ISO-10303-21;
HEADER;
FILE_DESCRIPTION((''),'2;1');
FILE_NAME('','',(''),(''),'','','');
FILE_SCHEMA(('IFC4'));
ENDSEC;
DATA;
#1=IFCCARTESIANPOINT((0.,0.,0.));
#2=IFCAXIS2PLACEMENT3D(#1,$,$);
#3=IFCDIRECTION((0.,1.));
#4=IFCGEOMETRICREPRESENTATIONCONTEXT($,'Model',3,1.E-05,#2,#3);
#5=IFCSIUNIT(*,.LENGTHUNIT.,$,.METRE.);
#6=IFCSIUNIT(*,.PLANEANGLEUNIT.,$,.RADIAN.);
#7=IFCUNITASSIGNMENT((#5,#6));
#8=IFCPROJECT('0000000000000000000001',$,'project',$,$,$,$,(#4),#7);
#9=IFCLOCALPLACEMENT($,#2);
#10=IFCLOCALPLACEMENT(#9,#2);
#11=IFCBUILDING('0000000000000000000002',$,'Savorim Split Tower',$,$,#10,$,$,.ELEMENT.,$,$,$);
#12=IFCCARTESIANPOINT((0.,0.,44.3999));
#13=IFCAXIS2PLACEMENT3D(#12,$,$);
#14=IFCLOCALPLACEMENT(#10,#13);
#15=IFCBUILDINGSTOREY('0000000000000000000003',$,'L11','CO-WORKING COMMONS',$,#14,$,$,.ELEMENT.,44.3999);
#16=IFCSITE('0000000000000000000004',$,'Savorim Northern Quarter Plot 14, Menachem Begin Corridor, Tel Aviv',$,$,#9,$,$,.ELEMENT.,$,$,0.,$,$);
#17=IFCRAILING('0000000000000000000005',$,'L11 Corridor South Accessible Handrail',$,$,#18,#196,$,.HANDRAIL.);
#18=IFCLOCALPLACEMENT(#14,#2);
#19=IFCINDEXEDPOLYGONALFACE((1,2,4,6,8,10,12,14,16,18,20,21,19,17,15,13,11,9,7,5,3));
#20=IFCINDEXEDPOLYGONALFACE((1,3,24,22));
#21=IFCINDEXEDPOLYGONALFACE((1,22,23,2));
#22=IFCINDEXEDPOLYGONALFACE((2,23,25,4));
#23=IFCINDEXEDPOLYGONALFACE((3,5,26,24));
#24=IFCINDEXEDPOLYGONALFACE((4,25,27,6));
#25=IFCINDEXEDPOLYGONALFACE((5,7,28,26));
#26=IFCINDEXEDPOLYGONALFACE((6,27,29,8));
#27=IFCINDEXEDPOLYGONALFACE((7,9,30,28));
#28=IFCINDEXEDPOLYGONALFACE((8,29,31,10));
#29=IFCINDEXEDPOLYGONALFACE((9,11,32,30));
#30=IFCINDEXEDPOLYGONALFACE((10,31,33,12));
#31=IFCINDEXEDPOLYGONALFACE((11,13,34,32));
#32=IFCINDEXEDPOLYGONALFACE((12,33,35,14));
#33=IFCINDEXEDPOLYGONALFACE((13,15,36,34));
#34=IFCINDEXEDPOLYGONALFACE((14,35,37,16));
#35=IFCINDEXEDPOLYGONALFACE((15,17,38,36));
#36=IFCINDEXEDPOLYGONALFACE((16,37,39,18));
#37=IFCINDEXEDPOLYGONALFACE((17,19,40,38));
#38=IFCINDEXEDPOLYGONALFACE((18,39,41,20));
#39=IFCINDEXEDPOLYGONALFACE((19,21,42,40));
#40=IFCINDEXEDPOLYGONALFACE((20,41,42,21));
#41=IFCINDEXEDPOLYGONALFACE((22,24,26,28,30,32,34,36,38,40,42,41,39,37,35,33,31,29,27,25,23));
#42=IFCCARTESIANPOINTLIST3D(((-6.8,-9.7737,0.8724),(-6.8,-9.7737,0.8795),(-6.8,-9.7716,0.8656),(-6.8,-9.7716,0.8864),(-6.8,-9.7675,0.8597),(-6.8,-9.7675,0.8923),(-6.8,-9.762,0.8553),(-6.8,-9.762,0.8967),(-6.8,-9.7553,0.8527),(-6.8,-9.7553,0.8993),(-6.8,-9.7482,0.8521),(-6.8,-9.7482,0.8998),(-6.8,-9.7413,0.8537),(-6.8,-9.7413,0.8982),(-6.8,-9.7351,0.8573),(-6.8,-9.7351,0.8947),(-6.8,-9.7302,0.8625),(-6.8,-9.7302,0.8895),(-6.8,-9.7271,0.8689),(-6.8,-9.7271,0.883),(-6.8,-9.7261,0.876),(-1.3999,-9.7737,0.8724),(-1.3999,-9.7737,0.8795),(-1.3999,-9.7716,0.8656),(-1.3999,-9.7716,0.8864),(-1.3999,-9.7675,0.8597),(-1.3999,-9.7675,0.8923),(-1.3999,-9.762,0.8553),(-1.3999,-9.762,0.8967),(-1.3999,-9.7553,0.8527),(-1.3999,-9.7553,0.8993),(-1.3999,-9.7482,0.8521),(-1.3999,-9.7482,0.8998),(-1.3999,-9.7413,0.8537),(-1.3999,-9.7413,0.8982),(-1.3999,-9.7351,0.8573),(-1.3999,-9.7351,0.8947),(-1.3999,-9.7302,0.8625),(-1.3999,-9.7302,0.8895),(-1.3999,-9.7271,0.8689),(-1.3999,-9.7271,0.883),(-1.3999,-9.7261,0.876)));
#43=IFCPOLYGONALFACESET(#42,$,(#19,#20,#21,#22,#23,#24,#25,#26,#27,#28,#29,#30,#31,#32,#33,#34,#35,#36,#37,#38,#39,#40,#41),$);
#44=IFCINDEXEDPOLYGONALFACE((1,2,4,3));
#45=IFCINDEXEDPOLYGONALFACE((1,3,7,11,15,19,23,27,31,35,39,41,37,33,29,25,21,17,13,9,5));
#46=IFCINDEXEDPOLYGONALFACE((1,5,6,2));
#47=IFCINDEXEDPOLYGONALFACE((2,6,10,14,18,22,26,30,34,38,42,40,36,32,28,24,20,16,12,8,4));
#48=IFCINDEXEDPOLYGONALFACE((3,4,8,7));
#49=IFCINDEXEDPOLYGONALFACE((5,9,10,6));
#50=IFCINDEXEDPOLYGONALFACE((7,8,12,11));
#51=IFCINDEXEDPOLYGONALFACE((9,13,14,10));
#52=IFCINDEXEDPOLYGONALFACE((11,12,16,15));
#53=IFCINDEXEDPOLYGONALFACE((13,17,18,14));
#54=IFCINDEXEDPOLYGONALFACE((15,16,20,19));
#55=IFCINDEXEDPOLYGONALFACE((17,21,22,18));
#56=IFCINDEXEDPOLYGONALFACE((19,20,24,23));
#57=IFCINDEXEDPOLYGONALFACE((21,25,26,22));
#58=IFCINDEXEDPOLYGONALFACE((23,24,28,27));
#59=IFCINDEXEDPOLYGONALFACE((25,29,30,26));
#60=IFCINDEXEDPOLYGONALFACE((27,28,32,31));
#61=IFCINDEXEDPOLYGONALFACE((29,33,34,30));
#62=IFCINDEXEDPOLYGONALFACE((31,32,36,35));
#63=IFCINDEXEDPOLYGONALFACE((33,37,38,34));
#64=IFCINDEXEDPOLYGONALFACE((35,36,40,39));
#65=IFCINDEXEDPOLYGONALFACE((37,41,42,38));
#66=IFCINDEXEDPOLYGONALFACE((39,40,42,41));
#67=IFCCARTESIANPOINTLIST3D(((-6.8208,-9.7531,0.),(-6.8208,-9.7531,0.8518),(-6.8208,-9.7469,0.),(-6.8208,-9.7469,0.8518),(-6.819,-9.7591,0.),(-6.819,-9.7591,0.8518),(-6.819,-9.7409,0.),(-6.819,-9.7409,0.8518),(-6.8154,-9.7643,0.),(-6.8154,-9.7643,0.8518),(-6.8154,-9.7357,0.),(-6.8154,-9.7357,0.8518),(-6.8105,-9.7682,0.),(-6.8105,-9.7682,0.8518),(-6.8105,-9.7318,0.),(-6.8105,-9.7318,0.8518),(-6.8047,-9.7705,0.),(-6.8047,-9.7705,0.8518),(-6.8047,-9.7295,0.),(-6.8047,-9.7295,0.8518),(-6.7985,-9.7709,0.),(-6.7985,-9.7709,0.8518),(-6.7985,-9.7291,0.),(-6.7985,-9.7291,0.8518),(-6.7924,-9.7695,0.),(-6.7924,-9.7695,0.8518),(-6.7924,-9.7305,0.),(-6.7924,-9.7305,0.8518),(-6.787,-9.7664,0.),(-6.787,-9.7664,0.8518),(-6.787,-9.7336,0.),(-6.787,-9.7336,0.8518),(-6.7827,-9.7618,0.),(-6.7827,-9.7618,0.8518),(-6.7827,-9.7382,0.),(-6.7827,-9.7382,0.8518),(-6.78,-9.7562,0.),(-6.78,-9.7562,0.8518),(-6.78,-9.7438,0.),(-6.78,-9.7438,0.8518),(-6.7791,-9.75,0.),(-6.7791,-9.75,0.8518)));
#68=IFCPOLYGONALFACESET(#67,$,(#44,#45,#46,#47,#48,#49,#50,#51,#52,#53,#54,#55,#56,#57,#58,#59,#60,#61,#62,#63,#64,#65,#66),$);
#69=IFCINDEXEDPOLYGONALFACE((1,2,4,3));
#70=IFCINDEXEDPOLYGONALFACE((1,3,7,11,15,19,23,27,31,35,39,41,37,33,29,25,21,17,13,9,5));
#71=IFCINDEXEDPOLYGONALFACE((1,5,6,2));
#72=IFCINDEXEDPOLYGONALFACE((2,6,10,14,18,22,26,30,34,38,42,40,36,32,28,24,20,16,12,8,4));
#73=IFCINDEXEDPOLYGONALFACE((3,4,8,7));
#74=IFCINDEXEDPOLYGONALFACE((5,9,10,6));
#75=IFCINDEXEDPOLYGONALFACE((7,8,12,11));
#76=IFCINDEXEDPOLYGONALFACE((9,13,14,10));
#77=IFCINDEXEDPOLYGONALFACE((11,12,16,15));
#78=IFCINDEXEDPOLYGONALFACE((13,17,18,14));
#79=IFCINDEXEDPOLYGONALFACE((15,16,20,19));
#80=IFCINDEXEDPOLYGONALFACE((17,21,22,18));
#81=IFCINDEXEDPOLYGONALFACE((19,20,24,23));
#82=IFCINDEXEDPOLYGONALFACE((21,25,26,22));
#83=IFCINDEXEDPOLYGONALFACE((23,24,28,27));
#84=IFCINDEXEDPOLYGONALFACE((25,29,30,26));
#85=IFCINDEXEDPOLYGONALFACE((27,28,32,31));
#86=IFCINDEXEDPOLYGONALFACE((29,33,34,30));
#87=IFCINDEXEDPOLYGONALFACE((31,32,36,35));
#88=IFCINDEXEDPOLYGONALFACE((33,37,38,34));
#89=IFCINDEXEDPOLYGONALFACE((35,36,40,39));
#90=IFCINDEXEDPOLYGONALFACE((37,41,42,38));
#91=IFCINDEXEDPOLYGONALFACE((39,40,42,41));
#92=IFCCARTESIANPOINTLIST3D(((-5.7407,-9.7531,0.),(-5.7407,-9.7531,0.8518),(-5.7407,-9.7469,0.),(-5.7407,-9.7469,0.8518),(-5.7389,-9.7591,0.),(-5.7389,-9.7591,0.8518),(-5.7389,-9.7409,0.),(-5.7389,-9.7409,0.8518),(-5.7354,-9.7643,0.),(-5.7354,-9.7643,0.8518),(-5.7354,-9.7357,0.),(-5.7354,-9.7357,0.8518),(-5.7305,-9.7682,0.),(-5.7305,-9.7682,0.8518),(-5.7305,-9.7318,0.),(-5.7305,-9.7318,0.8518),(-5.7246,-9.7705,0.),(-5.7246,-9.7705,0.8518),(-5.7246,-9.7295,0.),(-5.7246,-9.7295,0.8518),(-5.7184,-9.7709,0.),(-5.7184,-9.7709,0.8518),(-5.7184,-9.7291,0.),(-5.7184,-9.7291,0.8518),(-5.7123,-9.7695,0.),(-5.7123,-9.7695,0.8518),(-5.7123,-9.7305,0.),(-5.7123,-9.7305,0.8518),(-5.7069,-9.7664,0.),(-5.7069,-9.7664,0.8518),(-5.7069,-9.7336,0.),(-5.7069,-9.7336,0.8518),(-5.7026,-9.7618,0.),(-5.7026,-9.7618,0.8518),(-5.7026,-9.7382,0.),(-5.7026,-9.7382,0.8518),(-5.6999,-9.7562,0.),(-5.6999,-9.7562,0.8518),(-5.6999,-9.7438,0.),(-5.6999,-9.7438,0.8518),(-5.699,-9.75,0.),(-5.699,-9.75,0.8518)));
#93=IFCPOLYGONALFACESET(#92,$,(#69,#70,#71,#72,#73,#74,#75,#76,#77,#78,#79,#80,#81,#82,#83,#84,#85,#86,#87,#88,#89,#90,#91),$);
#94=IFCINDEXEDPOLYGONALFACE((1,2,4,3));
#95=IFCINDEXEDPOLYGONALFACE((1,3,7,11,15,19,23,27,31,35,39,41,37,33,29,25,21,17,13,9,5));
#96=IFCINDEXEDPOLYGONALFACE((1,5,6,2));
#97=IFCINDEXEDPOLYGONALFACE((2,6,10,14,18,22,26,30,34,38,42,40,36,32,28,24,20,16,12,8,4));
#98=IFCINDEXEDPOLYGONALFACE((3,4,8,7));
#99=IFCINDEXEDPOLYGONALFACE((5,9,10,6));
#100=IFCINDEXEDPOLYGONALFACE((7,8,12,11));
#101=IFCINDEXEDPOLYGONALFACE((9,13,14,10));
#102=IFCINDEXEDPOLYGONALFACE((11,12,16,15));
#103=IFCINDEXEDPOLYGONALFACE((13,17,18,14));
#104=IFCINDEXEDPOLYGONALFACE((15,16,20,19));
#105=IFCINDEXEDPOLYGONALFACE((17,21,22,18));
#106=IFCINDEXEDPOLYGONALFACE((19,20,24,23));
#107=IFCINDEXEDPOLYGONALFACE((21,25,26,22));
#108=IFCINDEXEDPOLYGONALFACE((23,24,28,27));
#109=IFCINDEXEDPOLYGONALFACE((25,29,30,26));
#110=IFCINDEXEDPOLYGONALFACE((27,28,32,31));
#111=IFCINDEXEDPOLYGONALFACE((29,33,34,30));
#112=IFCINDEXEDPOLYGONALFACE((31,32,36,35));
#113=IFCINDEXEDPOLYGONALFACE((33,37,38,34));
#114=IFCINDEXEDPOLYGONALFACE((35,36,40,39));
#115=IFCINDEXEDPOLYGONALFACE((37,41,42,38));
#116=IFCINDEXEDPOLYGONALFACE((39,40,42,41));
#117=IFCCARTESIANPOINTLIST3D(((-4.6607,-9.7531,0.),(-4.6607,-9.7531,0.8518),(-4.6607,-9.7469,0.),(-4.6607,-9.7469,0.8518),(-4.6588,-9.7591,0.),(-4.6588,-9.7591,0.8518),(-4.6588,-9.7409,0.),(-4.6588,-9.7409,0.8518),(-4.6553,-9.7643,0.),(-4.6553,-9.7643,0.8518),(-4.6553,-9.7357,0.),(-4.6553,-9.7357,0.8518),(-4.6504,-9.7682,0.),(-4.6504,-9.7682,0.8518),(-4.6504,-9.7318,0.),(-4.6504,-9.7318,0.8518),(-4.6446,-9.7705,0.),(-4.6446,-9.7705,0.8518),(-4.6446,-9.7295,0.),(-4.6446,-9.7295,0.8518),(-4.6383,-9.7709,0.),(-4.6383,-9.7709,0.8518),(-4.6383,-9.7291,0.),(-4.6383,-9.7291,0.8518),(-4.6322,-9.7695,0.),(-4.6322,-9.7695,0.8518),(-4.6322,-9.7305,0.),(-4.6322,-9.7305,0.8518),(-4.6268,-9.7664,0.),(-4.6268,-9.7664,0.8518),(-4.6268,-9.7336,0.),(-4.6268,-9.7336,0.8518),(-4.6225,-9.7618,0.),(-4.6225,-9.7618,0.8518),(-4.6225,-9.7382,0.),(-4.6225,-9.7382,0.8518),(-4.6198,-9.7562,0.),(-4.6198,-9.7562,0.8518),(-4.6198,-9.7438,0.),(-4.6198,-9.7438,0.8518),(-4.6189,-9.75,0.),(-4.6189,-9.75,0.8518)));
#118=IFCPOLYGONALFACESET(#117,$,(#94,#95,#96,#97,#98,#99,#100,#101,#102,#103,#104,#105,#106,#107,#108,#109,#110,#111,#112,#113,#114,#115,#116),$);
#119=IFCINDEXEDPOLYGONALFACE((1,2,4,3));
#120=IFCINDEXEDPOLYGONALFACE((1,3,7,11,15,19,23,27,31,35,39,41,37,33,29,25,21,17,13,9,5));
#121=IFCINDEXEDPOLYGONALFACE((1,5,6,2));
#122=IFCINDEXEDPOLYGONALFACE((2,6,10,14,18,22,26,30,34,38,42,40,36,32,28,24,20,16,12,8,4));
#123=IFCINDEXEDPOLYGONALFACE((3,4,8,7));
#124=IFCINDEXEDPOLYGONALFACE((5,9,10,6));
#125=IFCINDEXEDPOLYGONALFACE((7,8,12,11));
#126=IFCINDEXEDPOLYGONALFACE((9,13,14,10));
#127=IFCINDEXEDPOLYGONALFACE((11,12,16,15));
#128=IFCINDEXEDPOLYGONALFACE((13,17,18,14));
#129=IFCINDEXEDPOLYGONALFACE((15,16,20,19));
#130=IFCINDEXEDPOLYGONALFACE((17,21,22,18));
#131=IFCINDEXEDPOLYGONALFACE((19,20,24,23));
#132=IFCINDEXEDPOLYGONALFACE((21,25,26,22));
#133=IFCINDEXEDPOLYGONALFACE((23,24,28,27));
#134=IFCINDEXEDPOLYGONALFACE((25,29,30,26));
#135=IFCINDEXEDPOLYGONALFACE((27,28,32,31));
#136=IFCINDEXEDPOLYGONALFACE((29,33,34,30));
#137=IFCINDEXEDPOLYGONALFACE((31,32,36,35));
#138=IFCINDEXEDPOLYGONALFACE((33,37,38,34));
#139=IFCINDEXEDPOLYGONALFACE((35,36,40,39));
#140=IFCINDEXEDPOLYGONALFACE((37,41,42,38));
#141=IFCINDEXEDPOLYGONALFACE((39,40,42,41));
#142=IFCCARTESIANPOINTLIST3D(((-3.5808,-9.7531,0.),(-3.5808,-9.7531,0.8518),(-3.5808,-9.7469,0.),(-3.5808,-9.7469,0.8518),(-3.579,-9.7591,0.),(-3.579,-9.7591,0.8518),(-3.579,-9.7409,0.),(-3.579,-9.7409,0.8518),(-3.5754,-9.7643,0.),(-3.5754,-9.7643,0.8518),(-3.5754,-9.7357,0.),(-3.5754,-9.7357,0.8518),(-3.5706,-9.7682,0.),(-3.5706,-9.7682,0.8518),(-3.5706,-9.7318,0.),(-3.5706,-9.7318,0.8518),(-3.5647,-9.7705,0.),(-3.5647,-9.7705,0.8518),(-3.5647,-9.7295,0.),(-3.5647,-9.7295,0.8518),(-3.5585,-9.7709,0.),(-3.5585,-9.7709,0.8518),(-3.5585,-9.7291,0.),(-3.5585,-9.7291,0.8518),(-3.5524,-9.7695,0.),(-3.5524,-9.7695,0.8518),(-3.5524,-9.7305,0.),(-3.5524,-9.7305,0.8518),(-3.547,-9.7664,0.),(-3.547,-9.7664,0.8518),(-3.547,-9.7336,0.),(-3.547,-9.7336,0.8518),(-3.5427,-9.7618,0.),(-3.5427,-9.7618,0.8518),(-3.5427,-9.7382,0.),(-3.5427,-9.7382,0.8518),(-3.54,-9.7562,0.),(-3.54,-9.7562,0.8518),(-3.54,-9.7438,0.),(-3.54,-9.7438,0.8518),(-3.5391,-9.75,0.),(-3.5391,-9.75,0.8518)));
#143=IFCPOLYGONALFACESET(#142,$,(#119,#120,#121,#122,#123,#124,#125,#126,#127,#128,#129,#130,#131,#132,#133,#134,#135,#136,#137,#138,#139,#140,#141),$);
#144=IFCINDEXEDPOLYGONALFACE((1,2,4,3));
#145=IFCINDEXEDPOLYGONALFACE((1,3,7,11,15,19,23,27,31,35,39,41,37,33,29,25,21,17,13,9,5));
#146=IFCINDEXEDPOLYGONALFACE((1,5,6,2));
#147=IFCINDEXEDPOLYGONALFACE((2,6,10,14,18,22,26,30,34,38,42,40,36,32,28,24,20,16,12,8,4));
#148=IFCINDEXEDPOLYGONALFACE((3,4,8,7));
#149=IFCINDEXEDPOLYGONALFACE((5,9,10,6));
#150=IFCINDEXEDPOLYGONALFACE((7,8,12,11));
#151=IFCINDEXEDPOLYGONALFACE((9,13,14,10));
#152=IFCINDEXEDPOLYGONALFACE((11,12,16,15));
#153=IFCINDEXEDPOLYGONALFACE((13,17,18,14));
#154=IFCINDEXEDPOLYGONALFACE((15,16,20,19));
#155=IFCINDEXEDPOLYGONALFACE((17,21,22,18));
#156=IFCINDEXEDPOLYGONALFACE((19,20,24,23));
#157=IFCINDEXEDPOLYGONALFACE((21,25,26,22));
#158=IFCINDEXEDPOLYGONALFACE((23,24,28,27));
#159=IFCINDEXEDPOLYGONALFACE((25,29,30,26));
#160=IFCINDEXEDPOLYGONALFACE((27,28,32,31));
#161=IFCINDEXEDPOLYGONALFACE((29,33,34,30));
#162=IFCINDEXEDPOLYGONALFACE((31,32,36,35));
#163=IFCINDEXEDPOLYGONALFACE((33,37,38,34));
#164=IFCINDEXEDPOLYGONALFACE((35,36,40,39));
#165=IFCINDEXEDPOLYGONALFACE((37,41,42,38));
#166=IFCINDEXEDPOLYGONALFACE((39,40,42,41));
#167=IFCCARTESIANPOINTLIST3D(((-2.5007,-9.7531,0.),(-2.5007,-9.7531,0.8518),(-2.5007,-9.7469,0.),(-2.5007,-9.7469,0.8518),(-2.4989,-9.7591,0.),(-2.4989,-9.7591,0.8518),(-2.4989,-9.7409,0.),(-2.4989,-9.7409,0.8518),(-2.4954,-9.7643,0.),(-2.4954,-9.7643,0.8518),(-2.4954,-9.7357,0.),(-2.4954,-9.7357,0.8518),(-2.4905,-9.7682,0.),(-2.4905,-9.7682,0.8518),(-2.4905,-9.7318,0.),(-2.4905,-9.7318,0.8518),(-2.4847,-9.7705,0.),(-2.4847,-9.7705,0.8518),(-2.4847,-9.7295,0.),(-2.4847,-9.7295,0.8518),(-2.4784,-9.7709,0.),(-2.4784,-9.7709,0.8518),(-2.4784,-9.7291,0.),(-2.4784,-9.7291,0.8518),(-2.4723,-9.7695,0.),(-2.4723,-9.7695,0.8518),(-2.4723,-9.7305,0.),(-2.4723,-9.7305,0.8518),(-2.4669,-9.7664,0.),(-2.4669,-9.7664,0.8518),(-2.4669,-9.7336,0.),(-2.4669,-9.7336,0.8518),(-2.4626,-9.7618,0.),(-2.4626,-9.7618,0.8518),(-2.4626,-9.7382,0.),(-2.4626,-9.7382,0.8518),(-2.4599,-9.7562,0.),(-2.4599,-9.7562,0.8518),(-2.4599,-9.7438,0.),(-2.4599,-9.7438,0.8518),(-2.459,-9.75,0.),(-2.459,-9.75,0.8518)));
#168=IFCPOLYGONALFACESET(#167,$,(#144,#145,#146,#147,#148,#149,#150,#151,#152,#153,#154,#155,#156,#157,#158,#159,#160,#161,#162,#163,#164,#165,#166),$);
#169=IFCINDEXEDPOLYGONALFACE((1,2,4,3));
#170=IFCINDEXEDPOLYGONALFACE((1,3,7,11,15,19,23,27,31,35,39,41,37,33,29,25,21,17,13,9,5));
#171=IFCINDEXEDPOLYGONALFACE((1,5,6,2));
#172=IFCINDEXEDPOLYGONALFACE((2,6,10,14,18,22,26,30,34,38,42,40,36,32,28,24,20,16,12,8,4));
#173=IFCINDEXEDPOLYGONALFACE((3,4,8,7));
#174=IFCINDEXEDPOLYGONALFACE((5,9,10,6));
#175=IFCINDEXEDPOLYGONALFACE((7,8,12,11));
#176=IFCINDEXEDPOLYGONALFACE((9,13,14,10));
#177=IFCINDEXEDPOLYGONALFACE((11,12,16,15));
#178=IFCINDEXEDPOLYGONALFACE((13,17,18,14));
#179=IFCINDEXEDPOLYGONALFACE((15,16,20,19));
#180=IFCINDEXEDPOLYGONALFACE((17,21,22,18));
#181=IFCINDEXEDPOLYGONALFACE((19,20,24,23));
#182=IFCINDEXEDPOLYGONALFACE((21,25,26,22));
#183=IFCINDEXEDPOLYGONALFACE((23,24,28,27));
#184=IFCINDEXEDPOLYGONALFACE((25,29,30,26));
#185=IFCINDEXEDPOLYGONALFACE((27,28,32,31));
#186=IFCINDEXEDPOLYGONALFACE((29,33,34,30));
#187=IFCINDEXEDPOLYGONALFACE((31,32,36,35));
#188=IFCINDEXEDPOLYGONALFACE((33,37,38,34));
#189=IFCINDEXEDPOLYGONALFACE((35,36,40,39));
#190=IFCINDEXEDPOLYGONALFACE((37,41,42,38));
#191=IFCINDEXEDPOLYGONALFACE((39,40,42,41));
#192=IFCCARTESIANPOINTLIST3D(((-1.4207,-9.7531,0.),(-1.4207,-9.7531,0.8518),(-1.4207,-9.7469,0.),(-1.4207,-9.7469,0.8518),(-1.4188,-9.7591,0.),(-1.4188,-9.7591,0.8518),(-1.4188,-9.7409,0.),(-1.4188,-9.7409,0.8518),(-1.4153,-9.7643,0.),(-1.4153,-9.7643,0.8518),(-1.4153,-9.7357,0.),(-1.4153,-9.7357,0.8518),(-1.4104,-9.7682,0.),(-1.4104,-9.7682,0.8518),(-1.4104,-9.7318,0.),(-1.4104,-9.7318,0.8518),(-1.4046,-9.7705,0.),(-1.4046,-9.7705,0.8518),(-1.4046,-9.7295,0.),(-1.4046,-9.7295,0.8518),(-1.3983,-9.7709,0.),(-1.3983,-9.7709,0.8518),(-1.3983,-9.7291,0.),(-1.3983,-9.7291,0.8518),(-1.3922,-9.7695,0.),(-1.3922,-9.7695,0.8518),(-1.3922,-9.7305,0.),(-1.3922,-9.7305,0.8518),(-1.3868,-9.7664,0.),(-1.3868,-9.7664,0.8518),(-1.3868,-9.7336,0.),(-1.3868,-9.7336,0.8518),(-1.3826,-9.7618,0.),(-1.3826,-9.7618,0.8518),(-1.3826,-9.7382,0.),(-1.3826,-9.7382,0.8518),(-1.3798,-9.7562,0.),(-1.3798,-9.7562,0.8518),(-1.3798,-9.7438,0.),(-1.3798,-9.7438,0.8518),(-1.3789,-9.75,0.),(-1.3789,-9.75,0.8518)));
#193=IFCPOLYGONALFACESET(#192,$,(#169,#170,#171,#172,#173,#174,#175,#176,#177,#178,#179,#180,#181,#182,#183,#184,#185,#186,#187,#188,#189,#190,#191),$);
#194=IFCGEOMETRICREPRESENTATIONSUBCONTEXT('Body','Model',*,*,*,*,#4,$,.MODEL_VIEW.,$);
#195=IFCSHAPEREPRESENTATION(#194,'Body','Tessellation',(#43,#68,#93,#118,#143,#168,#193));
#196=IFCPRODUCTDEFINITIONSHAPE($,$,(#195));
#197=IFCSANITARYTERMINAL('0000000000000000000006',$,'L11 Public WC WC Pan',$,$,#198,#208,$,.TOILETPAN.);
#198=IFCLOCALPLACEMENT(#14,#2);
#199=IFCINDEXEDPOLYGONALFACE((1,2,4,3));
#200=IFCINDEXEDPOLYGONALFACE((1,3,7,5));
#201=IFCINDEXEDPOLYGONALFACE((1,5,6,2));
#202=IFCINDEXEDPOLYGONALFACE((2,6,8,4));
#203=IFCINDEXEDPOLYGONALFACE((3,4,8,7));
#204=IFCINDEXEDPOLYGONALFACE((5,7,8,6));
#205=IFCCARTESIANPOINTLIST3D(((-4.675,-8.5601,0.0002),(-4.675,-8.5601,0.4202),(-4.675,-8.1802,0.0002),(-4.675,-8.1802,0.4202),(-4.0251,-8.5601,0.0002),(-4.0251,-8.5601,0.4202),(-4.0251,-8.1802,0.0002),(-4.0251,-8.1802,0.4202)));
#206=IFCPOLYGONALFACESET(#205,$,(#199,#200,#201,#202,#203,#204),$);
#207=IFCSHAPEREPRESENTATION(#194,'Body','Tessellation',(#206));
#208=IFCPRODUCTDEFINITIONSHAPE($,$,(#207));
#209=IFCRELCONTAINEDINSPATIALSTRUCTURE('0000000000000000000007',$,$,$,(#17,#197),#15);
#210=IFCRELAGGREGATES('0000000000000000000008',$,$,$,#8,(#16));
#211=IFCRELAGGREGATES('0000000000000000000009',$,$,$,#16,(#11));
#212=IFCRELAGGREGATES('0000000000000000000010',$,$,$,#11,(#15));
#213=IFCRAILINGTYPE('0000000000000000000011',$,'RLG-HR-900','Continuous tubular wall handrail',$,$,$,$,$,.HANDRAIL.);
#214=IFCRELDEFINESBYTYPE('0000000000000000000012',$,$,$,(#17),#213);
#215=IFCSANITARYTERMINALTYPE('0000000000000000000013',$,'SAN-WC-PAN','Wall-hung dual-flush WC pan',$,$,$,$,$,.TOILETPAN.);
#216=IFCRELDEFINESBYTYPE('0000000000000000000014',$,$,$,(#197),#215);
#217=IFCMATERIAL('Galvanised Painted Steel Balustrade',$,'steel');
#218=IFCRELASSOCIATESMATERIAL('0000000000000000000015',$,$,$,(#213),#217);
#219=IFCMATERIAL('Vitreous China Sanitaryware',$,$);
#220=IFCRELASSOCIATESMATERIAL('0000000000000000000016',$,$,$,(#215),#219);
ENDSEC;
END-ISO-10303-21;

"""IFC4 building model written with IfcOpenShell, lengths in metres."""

from ifc_helpers import new_model, si_unit, direction, frame, origin, origin_2d, place, context, subcontext, project, spatial, rectangle, circle, extrude, material, type_object, element, save


model = new_model("IFC4")

# Units and contexts
model_context = context("Model", 3, precision=1e-05, world=origin(), true_north=direction((0.0, 1.0)))
body_context = subcontext(model_context, "Body", "Model", "MODEL_VIEW")
ifc_project = project(units=[si_unit("LENGTHUNIT", "METRE"), si_unit("PLANEANGLEUNIT", "RADIAN")], contexts=[model_context])

# Site, building, storey
site_placement = place(None, origin())
site = spatial("IfcSite", under=ifc_project, at=site_placement, Name="Savorim Northern Quarter Plot 14, Menachem Begin Corridor, Tel Aviv", CompositionType="ELEMENT", RefElevation=0.0)
building_placement = place(site_placement, origin())
building = spatial("IfcBuilding", under=site, at=building_placement, Name="Savorim Split Tower", CompositionType="ELEMENT")
storey_placement = place(building_placement, frame((0.0, 0.0, 44.3999)))
storey = spatial("IfcBuildingStorey", under=building, at=storey_placement, Name="L11", Description="CO-WORKING COMMONS", CompositionType="ELEMENT", Elevation=44.3999)

# Railing
ifc_material_1 = material(Name="Galvanised Painted Steel Balustrade", Category="steel")
railing_type = type_object("IfcRailingType", Name="RLG-HR-900", Description="Continuous tubular wall handrail", PredefinedType="HANDRAIL", material=ifc_material_1)
railing_1_placement = place(storey_placement, frame((-6.8, -9.75, 0.0)))
element("IfcRailing", 1, at=railing_1_placement, inside=storey, type_object=railing_type, Name="L11 Corridor South Accessible Handrail", PredefinedType="HANDRAIL", context=body_context, shape_type="SweptSolid", body=[
    extrude(circle(Radius=0.0239, at=origin_2d()), frame((0.0, 0.0, 0.876), z_axis=(1.0, 0.0, 0.0), x_axis=(0.0, 1.0, 0.0)), (0.0, 0.0, 1.0), 5.4001),
    extrude(circle(Radius=0.021, at=origin_2d()), origin(), (0.0, 0.0, 1.0), 0.8518),
    extrude(circle(Radius=0.021, at=origin_2d()), frame((1.0801, 0.0, 0.0)), (0.0, 0.0, 1.0), 0.8518),
    extrude(circle(Radius=0.021, at=origin_2d()), frame((2.1602, 0.0, 0.0)), (0.0, 0.0, 1.0), 0.8518),
    extrude(circle(Radius=0.021, at=origin_2d()), frame((3.24, 0.0, 0.0)), (0.0, 0.0, 1.0), 0.8518),
    extrude(circle(Radius=0.021, at=origin_2d()), frame((4.3201, 0.0, 0.0)), (0.0, 0.0, 1.0), 0.8518),
    extrude(circle(Radius=0.021, at=origin_2d()), frame((5.4001, 0.0, 0.0)), (0.0, 0.0, 1.0), 0.8518),
])

# Sanitary terminal
ifc_material_2 = material(Name="Vitreous China Sanitaryware")
sanitary_terminal_type_1 = type_object("IfcSanitaryTerminalType", Name="SAN-WC-PAN", Description="Wall-hung dual-flush WC pan", PredefinedType="TOILETPAN", material=ifc_material_2)
sanitary_terminal_1_placement = place(storey_placement, frame((-4.3501, -8.3701, 0.0002), z_axis=(0.0, 0.0, 1.0), x_axis=(1.0, 0.0, 0.0)))
element("IfcSanitaryTerminal", 2, at=sanitary_terminal_1_placement, inside=storey, type_object=sanitary_terminal_type_1, Name="L11 Public WC WC Pan", PredefinedType="TOILETPAN", context=body_context, shape_type="SweptSolid", body=[
    extrude(rectangle(XDim=0.6499, YDim=0.3799, at=origin_2d()), origin(), (0.0, 0.0, 1.0), 0.4199),
])

save(model, "model.ifc")
